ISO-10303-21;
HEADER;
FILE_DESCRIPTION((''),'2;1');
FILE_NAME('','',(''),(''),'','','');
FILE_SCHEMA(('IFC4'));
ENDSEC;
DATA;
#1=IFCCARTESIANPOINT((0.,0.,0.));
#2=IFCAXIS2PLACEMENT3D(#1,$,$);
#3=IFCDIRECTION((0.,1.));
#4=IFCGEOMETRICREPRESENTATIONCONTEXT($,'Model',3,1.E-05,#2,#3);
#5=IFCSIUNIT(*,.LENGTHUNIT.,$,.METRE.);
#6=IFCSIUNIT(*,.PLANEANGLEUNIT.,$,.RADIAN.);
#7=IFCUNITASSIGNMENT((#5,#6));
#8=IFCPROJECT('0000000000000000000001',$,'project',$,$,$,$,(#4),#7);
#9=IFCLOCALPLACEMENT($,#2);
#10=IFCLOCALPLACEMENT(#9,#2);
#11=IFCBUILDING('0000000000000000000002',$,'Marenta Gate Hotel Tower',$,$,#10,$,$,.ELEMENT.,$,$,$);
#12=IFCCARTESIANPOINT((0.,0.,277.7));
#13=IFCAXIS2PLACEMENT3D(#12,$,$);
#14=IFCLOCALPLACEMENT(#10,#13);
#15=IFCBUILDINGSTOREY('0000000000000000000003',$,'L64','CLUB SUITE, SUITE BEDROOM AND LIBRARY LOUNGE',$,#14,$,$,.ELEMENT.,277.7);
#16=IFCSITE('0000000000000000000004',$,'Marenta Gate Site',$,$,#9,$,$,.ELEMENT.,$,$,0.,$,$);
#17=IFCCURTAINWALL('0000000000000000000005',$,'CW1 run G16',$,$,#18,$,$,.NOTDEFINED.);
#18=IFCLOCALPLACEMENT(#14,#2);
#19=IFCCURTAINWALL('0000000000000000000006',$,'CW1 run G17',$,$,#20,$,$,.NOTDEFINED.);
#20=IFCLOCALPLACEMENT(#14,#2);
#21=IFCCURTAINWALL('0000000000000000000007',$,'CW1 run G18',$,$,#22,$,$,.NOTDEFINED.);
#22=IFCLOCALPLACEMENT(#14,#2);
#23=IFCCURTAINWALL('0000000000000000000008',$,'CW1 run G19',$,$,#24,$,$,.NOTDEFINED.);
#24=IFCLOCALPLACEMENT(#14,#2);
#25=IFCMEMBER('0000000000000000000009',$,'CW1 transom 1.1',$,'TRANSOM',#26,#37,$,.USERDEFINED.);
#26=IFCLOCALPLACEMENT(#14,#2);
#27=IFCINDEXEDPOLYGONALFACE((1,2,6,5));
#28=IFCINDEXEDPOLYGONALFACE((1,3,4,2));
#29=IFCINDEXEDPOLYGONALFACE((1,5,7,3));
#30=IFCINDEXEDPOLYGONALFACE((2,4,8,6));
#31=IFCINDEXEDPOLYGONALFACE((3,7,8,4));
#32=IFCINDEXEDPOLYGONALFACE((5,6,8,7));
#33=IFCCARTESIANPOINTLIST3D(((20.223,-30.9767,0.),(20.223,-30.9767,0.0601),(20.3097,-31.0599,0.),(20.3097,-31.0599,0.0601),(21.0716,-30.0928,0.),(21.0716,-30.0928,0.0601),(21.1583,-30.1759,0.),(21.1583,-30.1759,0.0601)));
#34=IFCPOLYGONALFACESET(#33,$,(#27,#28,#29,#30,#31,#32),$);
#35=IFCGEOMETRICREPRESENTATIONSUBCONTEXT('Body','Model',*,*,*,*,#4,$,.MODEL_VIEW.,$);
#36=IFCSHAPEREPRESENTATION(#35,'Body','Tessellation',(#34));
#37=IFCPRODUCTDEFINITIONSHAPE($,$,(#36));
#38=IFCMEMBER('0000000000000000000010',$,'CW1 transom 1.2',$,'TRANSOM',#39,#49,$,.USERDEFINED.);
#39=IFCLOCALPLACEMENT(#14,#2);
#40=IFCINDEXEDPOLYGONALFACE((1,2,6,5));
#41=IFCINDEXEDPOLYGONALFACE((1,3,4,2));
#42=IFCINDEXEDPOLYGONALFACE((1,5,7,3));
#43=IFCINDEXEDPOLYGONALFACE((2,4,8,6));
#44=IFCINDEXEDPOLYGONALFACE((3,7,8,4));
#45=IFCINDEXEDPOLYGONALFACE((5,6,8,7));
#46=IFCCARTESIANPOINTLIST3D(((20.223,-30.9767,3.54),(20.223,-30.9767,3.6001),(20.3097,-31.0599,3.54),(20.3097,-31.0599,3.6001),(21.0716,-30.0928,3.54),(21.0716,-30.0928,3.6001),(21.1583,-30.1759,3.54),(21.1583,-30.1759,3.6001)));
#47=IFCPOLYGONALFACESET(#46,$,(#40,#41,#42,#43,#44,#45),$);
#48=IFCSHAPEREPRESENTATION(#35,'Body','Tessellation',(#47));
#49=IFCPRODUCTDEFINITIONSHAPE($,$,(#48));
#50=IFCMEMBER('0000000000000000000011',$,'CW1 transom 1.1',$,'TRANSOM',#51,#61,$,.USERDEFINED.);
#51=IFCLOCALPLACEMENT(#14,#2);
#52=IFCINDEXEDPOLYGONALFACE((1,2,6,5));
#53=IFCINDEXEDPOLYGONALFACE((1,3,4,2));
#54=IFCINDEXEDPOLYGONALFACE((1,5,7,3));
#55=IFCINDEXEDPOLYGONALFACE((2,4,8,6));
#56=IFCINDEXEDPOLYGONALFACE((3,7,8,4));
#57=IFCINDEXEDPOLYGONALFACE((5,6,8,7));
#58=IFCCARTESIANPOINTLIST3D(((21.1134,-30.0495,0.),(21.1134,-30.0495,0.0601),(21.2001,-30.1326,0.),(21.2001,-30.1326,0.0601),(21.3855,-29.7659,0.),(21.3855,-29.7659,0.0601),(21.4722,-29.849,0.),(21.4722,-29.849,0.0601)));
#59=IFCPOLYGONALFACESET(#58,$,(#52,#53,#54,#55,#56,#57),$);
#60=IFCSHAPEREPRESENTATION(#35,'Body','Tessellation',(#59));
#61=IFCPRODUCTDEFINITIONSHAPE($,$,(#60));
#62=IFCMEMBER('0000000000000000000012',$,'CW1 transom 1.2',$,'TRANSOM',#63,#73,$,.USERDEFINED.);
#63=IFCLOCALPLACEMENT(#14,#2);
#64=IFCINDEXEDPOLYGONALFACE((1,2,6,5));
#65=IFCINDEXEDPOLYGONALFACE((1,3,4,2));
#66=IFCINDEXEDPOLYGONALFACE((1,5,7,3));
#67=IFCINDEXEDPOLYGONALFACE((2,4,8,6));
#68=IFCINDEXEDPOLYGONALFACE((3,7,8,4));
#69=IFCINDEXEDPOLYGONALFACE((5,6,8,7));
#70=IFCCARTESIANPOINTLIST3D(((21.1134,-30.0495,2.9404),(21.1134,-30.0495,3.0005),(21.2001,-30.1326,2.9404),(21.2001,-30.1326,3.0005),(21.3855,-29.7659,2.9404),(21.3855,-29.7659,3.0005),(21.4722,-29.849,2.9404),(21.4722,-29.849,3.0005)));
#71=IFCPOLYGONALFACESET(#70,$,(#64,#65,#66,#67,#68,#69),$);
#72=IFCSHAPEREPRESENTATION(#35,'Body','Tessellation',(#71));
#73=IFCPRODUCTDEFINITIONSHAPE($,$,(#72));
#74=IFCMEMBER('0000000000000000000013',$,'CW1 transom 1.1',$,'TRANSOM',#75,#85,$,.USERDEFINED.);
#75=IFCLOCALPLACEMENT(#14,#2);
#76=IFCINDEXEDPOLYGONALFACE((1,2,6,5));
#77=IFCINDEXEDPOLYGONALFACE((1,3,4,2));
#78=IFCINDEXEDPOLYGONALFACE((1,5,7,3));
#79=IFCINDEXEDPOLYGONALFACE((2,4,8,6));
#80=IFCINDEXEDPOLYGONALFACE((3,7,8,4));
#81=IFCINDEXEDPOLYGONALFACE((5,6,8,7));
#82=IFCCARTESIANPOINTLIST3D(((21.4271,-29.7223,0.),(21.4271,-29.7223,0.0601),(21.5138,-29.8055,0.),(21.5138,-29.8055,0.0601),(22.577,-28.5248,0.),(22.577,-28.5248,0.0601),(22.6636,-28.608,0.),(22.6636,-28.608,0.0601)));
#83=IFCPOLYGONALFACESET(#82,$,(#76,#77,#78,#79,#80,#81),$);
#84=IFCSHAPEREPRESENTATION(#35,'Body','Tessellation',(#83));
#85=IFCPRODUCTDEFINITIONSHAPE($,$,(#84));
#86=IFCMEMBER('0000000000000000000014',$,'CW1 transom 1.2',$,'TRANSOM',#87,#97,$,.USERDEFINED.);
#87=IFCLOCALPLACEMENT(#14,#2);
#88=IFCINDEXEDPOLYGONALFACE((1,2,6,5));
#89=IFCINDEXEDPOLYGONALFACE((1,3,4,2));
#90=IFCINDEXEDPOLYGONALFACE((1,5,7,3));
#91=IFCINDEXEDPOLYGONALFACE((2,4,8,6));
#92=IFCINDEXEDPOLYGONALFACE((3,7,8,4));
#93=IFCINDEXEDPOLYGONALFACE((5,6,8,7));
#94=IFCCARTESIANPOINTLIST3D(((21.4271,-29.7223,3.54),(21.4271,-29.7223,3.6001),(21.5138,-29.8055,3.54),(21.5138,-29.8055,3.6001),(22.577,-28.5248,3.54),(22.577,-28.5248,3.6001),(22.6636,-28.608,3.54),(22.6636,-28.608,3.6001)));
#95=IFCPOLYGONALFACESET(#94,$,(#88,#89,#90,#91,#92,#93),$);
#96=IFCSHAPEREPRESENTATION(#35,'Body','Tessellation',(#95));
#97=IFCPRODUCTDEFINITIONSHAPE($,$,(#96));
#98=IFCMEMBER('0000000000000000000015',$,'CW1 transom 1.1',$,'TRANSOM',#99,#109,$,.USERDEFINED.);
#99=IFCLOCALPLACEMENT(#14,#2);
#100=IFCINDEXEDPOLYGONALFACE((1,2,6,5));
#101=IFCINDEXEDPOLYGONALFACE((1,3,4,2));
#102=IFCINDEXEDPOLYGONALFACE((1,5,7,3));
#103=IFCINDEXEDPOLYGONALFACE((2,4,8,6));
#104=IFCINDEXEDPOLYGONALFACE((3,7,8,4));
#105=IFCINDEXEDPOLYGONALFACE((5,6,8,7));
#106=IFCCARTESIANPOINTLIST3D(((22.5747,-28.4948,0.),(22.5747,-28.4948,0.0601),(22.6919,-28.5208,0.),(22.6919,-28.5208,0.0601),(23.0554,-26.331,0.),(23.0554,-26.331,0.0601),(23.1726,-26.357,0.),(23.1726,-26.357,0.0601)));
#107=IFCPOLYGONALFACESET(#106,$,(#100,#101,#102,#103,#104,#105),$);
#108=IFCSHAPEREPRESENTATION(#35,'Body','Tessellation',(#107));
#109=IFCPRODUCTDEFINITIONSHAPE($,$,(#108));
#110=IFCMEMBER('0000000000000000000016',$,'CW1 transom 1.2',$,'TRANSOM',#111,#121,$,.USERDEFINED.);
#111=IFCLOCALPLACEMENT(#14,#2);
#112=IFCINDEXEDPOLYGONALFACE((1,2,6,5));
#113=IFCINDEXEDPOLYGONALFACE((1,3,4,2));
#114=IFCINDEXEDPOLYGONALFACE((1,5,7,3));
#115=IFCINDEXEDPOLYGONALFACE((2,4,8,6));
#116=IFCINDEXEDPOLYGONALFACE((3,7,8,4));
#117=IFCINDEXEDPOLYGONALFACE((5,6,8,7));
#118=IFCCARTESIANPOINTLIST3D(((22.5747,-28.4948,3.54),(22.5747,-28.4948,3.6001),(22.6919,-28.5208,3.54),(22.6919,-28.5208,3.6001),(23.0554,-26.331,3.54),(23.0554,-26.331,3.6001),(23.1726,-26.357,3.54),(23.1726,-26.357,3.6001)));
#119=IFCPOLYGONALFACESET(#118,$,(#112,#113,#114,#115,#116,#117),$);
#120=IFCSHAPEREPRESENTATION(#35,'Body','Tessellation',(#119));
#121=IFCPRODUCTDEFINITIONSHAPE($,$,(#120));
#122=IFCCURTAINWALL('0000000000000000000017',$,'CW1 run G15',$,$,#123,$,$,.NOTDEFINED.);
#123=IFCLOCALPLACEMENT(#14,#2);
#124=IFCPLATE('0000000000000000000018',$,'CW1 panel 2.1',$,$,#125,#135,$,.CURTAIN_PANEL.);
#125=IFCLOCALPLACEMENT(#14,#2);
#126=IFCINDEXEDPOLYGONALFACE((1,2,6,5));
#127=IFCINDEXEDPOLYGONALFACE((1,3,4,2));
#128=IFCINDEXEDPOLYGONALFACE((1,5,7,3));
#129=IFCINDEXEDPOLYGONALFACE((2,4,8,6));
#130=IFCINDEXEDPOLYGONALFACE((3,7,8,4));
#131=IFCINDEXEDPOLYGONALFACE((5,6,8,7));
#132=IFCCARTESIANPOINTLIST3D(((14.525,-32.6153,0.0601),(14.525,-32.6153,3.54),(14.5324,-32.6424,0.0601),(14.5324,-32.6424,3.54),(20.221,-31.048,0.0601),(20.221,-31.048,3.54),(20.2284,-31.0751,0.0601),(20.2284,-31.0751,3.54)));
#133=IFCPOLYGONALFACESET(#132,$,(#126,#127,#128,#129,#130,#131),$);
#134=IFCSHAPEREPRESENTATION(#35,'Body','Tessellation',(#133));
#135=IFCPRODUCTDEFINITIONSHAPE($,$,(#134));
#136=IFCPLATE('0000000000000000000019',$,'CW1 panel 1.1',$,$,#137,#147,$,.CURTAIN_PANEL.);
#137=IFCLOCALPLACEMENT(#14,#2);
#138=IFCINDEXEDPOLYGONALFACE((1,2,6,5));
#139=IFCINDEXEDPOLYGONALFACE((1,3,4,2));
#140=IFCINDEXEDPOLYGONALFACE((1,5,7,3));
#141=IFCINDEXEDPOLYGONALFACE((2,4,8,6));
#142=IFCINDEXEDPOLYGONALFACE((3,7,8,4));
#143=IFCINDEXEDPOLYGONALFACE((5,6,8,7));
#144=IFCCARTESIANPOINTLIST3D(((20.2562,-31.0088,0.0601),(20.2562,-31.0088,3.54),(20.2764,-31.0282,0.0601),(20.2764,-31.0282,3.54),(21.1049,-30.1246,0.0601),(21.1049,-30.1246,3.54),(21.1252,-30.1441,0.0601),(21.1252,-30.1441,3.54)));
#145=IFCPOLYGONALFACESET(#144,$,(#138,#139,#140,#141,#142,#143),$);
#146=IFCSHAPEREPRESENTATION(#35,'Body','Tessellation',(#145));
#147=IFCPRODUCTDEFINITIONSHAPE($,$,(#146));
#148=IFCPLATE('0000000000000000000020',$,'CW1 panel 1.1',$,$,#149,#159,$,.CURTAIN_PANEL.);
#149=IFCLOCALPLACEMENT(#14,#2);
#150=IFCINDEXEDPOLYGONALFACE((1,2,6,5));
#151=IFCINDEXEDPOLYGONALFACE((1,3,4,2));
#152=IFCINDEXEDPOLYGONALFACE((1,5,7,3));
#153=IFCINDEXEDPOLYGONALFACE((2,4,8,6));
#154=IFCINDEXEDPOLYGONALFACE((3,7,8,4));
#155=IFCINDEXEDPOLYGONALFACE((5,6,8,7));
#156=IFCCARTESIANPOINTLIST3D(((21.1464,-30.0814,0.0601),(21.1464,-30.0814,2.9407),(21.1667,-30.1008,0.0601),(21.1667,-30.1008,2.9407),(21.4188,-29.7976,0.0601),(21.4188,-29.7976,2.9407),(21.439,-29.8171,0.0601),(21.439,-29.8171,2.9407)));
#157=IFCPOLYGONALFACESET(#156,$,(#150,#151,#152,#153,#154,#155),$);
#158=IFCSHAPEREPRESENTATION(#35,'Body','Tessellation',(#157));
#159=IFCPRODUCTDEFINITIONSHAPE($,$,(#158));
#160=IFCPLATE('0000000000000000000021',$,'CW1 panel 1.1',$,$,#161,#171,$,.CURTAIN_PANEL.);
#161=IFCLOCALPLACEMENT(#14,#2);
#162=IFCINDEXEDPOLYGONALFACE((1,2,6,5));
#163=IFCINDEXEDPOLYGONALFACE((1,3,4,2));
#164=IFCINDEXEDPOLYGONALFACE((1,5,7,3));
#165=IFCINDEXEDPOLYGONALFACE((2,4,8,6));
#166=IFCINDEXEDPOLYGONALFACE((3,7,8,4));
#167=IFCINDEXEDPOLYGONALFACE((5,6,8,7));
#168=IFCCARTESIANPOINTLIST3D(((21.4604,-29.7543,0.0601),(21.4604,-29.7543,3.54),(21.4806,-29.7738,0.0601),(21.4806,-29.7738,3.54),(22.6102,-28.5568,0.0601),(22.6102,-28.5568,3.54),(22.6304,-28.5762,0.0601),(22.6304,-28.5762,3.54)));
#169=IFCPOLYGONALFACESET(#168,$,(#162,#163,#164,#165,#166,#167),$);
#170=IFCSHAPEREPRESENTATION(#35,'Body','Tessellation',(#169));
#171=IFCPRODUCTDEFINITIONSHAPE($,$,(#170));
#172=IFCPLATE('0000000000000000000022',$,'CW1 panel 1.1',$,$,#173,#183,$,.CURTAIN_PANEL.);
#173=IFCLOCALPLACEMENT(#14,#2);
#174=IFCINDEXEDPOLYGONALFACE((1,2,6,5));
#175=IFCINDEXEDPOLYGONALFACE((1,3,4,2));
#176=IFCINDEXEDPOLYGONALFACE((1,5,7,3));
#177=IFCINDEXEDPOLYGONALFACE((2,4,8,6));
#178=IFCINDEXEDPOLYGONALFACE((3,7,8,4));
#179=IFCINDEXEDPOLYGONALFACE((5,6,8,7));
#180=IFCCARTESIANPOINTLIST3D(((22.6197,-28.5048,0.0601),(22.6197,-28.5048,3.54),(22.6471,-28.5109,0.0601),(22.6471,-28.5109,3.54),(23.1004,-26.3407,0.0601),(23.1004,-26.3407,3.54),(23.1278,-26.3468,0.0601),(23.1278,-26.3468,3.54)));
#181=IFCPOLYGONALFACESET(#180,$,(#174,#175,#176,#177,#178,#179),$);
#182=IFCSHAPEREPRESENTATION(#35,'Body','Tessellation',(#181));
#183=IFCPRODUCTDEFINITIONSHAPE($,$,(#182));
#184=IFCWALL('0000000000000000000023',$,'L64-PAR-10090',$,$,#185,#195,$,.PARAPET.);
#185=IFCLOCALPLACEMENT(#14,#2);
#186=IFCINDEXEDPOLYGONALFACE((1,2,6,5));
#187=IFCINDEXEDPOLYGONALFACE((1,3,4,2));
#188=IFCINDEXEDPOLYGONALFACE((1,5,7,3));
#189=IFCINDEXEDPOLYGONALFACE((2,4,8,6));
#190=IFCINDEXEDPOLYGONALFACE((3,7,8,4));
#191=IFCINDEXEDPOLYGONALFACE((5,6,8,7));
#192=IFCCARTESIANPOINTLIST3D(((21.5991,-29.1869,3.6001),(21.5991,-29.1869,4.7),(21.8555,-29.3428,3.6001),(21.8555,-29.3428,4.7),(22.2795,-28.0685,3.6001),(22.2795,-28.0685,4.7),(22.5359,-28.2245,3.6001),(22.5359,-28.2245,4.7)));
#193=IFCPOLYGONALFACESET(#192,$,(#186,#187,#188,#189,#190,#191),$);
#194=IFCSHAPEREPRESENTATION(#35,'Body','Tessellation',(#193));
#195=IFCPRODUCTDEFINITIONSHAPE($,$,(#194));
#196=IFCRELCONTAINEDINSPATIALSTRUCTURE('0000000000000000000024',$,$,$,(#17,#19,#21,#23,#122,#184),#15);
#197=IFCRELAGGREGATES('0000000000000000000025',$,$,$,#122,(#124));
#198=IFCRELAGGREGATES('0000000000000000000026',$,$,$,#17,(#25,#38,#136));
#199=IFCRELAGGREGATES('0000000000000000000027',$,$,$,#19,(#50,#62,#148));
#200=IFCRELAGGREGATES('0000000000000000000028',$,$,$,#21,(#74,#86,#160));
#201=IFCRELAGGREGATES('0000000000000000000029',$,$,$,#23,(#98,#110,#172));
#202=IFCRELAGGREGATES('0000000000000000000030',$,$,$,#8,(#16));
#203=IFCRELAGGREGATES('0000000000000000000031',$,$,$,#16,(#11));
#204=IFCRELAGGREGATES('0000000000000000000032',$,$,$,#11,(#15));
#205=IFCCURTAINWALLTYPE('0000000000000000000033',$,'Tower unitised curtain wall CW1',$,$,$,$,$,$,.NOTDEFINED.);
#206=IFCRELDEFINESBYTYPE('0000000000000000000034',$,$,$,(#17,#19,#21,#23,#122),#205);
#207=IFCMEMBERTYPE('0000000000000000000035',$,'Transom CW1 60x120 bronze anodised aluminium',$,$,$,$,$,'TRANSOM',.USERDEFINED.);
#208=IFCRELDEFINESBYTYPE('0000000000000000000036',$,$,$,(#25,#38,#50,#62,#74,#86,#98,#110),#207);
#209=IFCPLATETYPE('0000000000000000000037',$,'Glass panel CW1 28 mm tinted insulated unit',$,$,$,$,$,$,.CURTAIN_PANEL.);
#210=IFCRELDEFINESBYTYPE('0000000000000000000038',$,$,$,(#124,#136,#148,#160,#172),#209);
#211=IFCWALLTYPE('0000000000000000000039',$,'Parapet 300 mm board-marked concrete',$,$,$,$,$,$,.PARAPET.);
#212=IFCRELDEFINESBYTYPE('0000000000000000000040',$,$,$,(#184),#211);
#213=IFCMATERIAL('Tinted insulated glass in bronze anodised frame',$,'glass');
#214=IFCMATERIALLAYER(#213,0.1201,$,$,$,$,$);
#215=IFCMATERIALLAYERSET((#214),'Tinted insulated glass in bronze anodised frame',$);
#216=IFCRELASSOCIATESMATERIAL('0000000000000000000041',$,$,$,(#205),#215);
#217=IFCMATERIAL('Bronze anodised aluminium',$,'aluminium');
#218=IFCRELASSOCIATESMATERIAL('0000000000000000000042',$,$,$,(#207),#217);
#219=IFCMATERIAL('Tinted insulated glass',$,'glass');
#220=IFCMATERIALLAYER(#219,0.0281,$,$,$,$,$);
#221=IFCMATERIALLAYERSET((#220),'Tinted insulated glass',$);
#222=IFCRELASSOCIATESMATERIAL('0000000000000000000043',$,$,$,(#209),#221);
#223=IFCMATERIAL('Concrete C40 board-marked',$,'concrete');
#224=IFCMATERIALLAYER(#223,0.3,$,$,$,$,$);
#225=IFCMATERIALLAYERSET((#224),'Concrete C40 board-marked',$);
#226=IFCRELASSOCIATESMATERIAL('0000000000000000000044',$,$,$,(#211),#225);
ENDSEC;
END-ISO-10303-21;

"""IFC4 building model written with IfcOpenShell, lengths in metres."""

from ifc_helpers import new_model, si_unit, direction, frame, frame_2d, origin, origin_2d, place, context, subcontext, project, spatial, rectangle, extrude, material, layer, layer_set, material_profile, profile_set, type_object, element, aggregate, save


model = new_model("IFC4")

# Units and contexts
model_context = context("Model", 3, precision=1e-05, world=origin(), true_north=direction((0.0, 1.0)))
body_context = subcontext(model_context, "Body", "Model", "MODEL_VIEW")
ifc_project = project(units=[si_unit("LENGTHUNIT", "METRE"), si_unit("PLANEANGLEUNIT", "RADIAN")], contexts=[model_context])

# Site, building, storey
site_placement = place(None, origin())
site = spatial("IfcSite", under=ifc_project, at=site_placement, Name="Marenta Gate Site", CompositionType="ELEMENT", RefElevation=0.0)
building_placement = place(site_placement, origin())
building = spatial("IfcBuilding", under=site, at=building_placement, Name="Marenta Gate Hotel Tower", CompositionType="ELEMENT")
storey_placement = place(building_placement, frame((0.0, 0.0, 277.7)))
storey = spatial("IfcBuildingStorey", under=building, at=storey_placement, Name="L64", Description="CLUB SUITE, SUITE BEDROOM AND LIBRARY LOUNGE", CompositionType="ELEMENT", Elevation=277.7)

# Curtain walls
ifc_material_1 = material(Name="Tinted insulated glass in bronze anodised frame", Category="glass")
ifc_layer_1 = layer(ifc_material_1, 0.1201)
ifc_layer_set_1 = layer_set([ifc_layer_1], Name="Tinted insulated glass in bronze anodised frame")
curtain_wall_type = type_object("IfcCurtainWallType", Name="Tower unitised curtain wall CW1", PredefinedType="NOTDEFINED", material=ifc_layer_set_1)
curtain_wall_1_placement = place(storey_placement, origin())
curtain_wall_1 = element("IfcCurtainWall", 1, at=curtain_wall_1_placement, inside=storey, type_object=curtain_wall_type, Name="CW1 run G16", PredefinedType="NOTDEFINED")
curtain_wall_2_placement = place(storey_placement, origin())
curtain_wall_2 = element("IfcCurtainWall", 2, at=curtain_wall_2_placement, inside=storey, type_object=curtain_wall_type, Name="CW1 run G17", PredefinedType="NOTDEFINED")
curtain_wall_3_placement = place(storey_placement, origin())
curtain_wall_3 = element("IfcCurtainWall", 3, at=curtain_wall_3_placement, inside=storey, type_object=curtain_wall_type, Name="CW1 run G18", PredefinedType="NOTDEFINED")
curtain_wall_4_placement = place(storey_placement, origin())
curtain_wall_4 = element("IfcCurtainWall", 4, at=curtain_wall_4_placement, inside=storey, type_object=curtain_wall_type, Name="CW1 run G19", PredefinedType="NOTDEFINED")

# Members
ifc_material_2 = material(Name="Bronze anodised aluminium", Category="aluminium")
ifc_material_profile_1 = material_profile(ifc_material_2, rectangle(XDim=0.1201, YDim=0.0601, at=origin_2d()), Name="Transom CW1 60x120 bronze anodised aluminium")
ifc_profile_set_1 = profile_set([ifc_material_profile_1], Name="Bronze anodised aluminium")
member_type_1 = type_object("IfcMemberType", Name="Transom CW1 60x120 bronze anodised aluminium", ElementType="TRANSOM", PredefinedType="USERDEFINED", material=ifc_profile_set_1)
member_1_placement = place(storey_placement, frame((20.2664, -31.0183, 0.03), z_axis=(0.692515, 0.721403, 0.0), x_axis=(-0.721403, 0.692515, 0.0)))
member_1 = element("IfcMember", 5, at=member_1_placement, type_object=member_type_1, Name="CW1 transom 1.1", ObjectType="TRANSOM", PredefinedType="USERDEFINED", context=body_context, shape_type="SweptSolid", body=[
    extrude(rectangle(XDim=0.1201, YDim=0.0601, at=origin_2d()), origin(), (0.0, 0.0, 1.0), 1.2253),
])
member_2_placement = place(storey_placement, frame((20.2664, -31.0183, 3.5701), z_axis=(0.692515, 0.721403, 0.0), x_axis=(-0.721403, 0.692515, 0.0)))
member_2 = element("IfcMember", 6, at=member_2_placement, type_object=member_type_1, Name="CW1 transom 1.2", ObjectType="TRANSOM", PredefinedType="USERDEFINED", context=body_context, shape_type="SweptSolid", body=[
    extrude(rectangle(XDim=0.1201, YDim=0.0601, at=origin_2d()), origin(), (0.0, 0.0, 1.0), 1.2253),
])
member_3_placement = place(storey_placement, frame((21.1567, -30.0911, 0.03), z_axis=(0.692364, 0.721549, 0.0), x_axis=(-0.721549, 0.692364, 0.0)))
member_3 = element("IfcMember", 7, at=member_3_placement, type_object=member_type_1, Name="CW1 transom 1.1", ObjectType="TRANSOM", PredefinedType="USERDEFINED", context=body_context, shape_type="SweptSolid", body=[
    extrude(rectangle(XDim=0.1201, YDim=0.0601, at=origin_2d()), origin(), (0.0, 0.0, 1.0), 0.3931),
])
member_4_placement = place(storey_placement, frame((21.1567, -30.0911, 2.9705), z_axis=(0.692364, 0.721549, 0.0), x_axis=(-0.721549, 0.692364, 0.0)))
member_4 = element("IfcMember", 8, at=member_4_placement, type_object=member_type_1, Name="CW1 transom 1.2", ObjectType="TRANSOM", PredefinedType="USERDEFINED", context=body_context, shape_type="SweptSolid", body=[
    extrude(rectangle(XDim=0.1201, YDim=0.0601, at=origin_2d()), origin(), (0.0, 0.0, 1.0), 0.3931),
])
member_5_placement = place(storey_placement, frame((21.4705, -29.7639, 0.03), z_axis=(0.692624, 0.721299, 0.0), x_axis=(-0.721299, 0.692624, 0.0)))
member_5 = element("IfcMember", 9, at=member_5_placement, type_object=member_type_1, Name="CW1 transom 1.1", ObjectType="TRANSOM", PredefinedType="USERDEFINED", context=body_context, shape_type="SweptSolid", body=[
    extrude(rectangle(XDim=0.1201, YDim=0.0601, at=origin_2d()), origin(), (0.0, 0.0, 1.0), 1.6602),
])
member_6_placement = place(storey_placement, frame((21.4705, -29.7639, 3.5701), z_axis=(0.692624, 0.721299, 0.0), x_axis=(-0.721299, 0.692624, 0.0)))
member_6 = element("IfcMember", 10, at=member_6_placement, type_object=member_type_1, Name="CW1 transom 1.2", ObjectType="TRANSOM", PredefinedType="USERDEFINED", context=body_context, shape_type="SweptSolid", body=[
    extrude(rectangle(XDim=0.1201, YDim=0.0601, at=origin_2d()), origin(), (0.0, 0.0, 1.0), 1.6602),
])
member_7_placement = place(storey_placement, frame((22.6333, -28.5078, 0.03), z_axis=(0.216872, 0.9762, 0.0), x_axis=(-0.9762, 0.216872, 0.0)))
member_7 = element("IfcMember", 11, at=member_7_placement, type_object=member_type_1, Name="CW1 transom 1.1", ObjectType="TRANSOM", PredefinedType="USERDEFINED", context=body_context, shape_type="SweptSolid", body=[
    extrude(rectangle(XDim=0.1201, YDim=0.0601, at=origin_2d()), origin(), (0.0, 0.0, 1.0), 2.2166),
])
member_8_placement = place(storey_placement, frame((22.6333, -28.5078, 3.5701), z_axis=(0.216872, 0.9762, 0.0), x_axis=(-0.9762, 0.216872, 0.0)))
member_8 = element("IfcMember", 12, at=member_8_placement, type_object=member_type_1, Name="CW1 transom 1.2", ObjectType="TRANSOM", PredefinedType="USERDEFINED", context=body_context, shape_type="SweptSolid", body=[
    extrude(rectangle(XDim=0.1201, YDim=0.0601, at=origin_2d()), origin(), (0.0, 0.0, 1.0), 2.2166),
])

# Curtain wall, plate
curtain_wall_5_placement = place(storey_placement, origin())
curtain_wall_5 = element("IfcCurtainWall", 13, at=curtain_wall_5_placement, inside=storey, type_object=curtain_wall_type, Name="CW1 run G15", PredefinedType="NOTDEFINED")
ifc_material_3 = material(Name="Tinted insulated glass", Category="glass")
ifc_layer_2 = layer(ifc_material_3, 0.0281)
ifc_layer_set_2 = layer_set([ifc_layer_2], Name="Tinted insulated glass")
plate_type = type_object("IfcPlateType", Name="Glass panel CW1 28 mm tinted insulated unit", PredefinedType="CURTAIN_PANEL", material=ifc_layer_set_2)
plate_1_placement = place(storey_placement, frame((17.3767, -31.8452, 0.0601), z_axis=(0.0, 0.0, 1.0), x_axis=(0.964168, 0.265292, 0.0)))
plate_1 = element("IfcPlate", 14, at=plate_1_placement, type_object=plate_type, Name="CW1 panel 2.1", PredefinedType="CURTAIN_PANEL", context=body_context, shape_type="SweptSolid", body=[
    extrude(rectangle(XDim=5.9077, YDim=0.0281, at=origin_2d()), origin(), (0.0, 0.0, 1.0), 3.48),
])
aggregate(curtain_wall_5, [plate_1])

# Plates
plate_2_placement = place(storey_placement, frame((20.6907, -30.5764, 0.0601), z_axis=(0.0, 0.0, 1.0), x_axis=(0.69253, 0.721389, 0.0)))
plate_2 = element("IfcPlate", 15, at=plate_2_placement, type_object=plate_type, Name="CW1 panel 1.1", PredefinedType="CURTAIN_PANEL", context=body_context, shape_type="SweptSolid", body=[
    extrude(rectangle(XDim=1.2256, YDim=0.0281, at=origin_2d()), origin(), (0.0, 0.0, 1.0), 3.48),
])
aggregate(curtain_wall_1, [member_1, member_2, plate_2])
plate_3_placement = place(storey_placement, frame((21.2927, -29.9492, 0.0601), z_axis=(0.0, 0.0, 1.0), x_axis=(0.692509, 0.721409, 0.0)))
plate_3 = element("IfcPlate", 16, at=plate_3_placement, type_object=plate_type, Name="CW1 panel 1.1", PredefinedType="CURTAIN_PANEL", context=body_context, shape_type="SweptSolid", body=[
    extrude(rectangle(XDim=0.3933, YDim=0.0281, at=origin_2d()), origin(), (0.0, 0.0, 1.0), 2.8806),
])
aggregate(curtain_wall_2, [member_3, member_4, plate_3])
plate_4_placement = place(storey_placement, frame((22.0454, -29.1653, 0.0601), z_axis=(0.0, 0.0, 1.0), x_axis=(0.692572, 0.721349, 0.0)))
plate_4 = element("IfcPlate", 17, at=plate_4_placement, type_object=plate_type, Name="CW1 panel 1.1", PredefinedType="CURTAIN_PANEL", context=body_context, shape_type="SweptSolid", body=[
    extrude(rectangle(XDim=1.6602, YDim=0.0281, at=origin_2d()), origin(), (0.0, 0.0, 1.0), 3.48),
])
aggregate(curtain_wall_3, [member_5, member_6, plate_4])
plate_5_placement = place(storey_placement, frame((22.8738, -27.4258, 0.0601), z_axis=(0.0, 0.0, 1.0), x_axis=(0.216842, 0.976207, 0.0)))
plate_5 = element("IfcPlate", 18, at=plate_5_placement, type_object=plate_type, Name="CW1 panel 1.1", PredefinedType="CURTAIN_PANEL", context=body_context, shape_type="SweptSolid", body=[
    extrude(rectangle(XDim=2.2168, YDim=0.0281, at=origin_2d()), origin(), (0.0, 0.0, 1.0), 3.48),
])
aggregate(curtain_wall_4, [member_7, member_8, plate_5])

# Wall
ifc_material_4 = material(Name="Concrete C40 board-marked", Category="concrete")
ifc_layer_3 = layer(ifc_material_4, 0.3)
ifc_layer_set_3 = layer_set([ifc_layer_3], Name="Concrete C40 board-marked")
wall_type = type_object("IfcWallType", Name="Parapet 300 mm board-marked concrete", PredefinedType="PARAPET", material=ifc_layer_set_3)
wall_1_placement = place(storey_placement, frame((22.4077, -28.1465, 3.6001), z_axis=(0.0, 0.0, 1.0), x_axis=(-0.519752, -0.854317, 0.0)))
element("IfcWall", 19, at=wall_1_placement, inside=storey, type_object=wall_type, Name="L64-PAR-10090", PredefinedType="PARAPET", context=body_context, shape_type="SweptSolid", body=[
    extrude(rectangle(XDim=1.3091, YDim=0.3, at=frame_2d((0.6545, 0.0))), origin(), (0.0, 0.0, 1.0), 1.0999),
])

save(model, "model.ifc")
